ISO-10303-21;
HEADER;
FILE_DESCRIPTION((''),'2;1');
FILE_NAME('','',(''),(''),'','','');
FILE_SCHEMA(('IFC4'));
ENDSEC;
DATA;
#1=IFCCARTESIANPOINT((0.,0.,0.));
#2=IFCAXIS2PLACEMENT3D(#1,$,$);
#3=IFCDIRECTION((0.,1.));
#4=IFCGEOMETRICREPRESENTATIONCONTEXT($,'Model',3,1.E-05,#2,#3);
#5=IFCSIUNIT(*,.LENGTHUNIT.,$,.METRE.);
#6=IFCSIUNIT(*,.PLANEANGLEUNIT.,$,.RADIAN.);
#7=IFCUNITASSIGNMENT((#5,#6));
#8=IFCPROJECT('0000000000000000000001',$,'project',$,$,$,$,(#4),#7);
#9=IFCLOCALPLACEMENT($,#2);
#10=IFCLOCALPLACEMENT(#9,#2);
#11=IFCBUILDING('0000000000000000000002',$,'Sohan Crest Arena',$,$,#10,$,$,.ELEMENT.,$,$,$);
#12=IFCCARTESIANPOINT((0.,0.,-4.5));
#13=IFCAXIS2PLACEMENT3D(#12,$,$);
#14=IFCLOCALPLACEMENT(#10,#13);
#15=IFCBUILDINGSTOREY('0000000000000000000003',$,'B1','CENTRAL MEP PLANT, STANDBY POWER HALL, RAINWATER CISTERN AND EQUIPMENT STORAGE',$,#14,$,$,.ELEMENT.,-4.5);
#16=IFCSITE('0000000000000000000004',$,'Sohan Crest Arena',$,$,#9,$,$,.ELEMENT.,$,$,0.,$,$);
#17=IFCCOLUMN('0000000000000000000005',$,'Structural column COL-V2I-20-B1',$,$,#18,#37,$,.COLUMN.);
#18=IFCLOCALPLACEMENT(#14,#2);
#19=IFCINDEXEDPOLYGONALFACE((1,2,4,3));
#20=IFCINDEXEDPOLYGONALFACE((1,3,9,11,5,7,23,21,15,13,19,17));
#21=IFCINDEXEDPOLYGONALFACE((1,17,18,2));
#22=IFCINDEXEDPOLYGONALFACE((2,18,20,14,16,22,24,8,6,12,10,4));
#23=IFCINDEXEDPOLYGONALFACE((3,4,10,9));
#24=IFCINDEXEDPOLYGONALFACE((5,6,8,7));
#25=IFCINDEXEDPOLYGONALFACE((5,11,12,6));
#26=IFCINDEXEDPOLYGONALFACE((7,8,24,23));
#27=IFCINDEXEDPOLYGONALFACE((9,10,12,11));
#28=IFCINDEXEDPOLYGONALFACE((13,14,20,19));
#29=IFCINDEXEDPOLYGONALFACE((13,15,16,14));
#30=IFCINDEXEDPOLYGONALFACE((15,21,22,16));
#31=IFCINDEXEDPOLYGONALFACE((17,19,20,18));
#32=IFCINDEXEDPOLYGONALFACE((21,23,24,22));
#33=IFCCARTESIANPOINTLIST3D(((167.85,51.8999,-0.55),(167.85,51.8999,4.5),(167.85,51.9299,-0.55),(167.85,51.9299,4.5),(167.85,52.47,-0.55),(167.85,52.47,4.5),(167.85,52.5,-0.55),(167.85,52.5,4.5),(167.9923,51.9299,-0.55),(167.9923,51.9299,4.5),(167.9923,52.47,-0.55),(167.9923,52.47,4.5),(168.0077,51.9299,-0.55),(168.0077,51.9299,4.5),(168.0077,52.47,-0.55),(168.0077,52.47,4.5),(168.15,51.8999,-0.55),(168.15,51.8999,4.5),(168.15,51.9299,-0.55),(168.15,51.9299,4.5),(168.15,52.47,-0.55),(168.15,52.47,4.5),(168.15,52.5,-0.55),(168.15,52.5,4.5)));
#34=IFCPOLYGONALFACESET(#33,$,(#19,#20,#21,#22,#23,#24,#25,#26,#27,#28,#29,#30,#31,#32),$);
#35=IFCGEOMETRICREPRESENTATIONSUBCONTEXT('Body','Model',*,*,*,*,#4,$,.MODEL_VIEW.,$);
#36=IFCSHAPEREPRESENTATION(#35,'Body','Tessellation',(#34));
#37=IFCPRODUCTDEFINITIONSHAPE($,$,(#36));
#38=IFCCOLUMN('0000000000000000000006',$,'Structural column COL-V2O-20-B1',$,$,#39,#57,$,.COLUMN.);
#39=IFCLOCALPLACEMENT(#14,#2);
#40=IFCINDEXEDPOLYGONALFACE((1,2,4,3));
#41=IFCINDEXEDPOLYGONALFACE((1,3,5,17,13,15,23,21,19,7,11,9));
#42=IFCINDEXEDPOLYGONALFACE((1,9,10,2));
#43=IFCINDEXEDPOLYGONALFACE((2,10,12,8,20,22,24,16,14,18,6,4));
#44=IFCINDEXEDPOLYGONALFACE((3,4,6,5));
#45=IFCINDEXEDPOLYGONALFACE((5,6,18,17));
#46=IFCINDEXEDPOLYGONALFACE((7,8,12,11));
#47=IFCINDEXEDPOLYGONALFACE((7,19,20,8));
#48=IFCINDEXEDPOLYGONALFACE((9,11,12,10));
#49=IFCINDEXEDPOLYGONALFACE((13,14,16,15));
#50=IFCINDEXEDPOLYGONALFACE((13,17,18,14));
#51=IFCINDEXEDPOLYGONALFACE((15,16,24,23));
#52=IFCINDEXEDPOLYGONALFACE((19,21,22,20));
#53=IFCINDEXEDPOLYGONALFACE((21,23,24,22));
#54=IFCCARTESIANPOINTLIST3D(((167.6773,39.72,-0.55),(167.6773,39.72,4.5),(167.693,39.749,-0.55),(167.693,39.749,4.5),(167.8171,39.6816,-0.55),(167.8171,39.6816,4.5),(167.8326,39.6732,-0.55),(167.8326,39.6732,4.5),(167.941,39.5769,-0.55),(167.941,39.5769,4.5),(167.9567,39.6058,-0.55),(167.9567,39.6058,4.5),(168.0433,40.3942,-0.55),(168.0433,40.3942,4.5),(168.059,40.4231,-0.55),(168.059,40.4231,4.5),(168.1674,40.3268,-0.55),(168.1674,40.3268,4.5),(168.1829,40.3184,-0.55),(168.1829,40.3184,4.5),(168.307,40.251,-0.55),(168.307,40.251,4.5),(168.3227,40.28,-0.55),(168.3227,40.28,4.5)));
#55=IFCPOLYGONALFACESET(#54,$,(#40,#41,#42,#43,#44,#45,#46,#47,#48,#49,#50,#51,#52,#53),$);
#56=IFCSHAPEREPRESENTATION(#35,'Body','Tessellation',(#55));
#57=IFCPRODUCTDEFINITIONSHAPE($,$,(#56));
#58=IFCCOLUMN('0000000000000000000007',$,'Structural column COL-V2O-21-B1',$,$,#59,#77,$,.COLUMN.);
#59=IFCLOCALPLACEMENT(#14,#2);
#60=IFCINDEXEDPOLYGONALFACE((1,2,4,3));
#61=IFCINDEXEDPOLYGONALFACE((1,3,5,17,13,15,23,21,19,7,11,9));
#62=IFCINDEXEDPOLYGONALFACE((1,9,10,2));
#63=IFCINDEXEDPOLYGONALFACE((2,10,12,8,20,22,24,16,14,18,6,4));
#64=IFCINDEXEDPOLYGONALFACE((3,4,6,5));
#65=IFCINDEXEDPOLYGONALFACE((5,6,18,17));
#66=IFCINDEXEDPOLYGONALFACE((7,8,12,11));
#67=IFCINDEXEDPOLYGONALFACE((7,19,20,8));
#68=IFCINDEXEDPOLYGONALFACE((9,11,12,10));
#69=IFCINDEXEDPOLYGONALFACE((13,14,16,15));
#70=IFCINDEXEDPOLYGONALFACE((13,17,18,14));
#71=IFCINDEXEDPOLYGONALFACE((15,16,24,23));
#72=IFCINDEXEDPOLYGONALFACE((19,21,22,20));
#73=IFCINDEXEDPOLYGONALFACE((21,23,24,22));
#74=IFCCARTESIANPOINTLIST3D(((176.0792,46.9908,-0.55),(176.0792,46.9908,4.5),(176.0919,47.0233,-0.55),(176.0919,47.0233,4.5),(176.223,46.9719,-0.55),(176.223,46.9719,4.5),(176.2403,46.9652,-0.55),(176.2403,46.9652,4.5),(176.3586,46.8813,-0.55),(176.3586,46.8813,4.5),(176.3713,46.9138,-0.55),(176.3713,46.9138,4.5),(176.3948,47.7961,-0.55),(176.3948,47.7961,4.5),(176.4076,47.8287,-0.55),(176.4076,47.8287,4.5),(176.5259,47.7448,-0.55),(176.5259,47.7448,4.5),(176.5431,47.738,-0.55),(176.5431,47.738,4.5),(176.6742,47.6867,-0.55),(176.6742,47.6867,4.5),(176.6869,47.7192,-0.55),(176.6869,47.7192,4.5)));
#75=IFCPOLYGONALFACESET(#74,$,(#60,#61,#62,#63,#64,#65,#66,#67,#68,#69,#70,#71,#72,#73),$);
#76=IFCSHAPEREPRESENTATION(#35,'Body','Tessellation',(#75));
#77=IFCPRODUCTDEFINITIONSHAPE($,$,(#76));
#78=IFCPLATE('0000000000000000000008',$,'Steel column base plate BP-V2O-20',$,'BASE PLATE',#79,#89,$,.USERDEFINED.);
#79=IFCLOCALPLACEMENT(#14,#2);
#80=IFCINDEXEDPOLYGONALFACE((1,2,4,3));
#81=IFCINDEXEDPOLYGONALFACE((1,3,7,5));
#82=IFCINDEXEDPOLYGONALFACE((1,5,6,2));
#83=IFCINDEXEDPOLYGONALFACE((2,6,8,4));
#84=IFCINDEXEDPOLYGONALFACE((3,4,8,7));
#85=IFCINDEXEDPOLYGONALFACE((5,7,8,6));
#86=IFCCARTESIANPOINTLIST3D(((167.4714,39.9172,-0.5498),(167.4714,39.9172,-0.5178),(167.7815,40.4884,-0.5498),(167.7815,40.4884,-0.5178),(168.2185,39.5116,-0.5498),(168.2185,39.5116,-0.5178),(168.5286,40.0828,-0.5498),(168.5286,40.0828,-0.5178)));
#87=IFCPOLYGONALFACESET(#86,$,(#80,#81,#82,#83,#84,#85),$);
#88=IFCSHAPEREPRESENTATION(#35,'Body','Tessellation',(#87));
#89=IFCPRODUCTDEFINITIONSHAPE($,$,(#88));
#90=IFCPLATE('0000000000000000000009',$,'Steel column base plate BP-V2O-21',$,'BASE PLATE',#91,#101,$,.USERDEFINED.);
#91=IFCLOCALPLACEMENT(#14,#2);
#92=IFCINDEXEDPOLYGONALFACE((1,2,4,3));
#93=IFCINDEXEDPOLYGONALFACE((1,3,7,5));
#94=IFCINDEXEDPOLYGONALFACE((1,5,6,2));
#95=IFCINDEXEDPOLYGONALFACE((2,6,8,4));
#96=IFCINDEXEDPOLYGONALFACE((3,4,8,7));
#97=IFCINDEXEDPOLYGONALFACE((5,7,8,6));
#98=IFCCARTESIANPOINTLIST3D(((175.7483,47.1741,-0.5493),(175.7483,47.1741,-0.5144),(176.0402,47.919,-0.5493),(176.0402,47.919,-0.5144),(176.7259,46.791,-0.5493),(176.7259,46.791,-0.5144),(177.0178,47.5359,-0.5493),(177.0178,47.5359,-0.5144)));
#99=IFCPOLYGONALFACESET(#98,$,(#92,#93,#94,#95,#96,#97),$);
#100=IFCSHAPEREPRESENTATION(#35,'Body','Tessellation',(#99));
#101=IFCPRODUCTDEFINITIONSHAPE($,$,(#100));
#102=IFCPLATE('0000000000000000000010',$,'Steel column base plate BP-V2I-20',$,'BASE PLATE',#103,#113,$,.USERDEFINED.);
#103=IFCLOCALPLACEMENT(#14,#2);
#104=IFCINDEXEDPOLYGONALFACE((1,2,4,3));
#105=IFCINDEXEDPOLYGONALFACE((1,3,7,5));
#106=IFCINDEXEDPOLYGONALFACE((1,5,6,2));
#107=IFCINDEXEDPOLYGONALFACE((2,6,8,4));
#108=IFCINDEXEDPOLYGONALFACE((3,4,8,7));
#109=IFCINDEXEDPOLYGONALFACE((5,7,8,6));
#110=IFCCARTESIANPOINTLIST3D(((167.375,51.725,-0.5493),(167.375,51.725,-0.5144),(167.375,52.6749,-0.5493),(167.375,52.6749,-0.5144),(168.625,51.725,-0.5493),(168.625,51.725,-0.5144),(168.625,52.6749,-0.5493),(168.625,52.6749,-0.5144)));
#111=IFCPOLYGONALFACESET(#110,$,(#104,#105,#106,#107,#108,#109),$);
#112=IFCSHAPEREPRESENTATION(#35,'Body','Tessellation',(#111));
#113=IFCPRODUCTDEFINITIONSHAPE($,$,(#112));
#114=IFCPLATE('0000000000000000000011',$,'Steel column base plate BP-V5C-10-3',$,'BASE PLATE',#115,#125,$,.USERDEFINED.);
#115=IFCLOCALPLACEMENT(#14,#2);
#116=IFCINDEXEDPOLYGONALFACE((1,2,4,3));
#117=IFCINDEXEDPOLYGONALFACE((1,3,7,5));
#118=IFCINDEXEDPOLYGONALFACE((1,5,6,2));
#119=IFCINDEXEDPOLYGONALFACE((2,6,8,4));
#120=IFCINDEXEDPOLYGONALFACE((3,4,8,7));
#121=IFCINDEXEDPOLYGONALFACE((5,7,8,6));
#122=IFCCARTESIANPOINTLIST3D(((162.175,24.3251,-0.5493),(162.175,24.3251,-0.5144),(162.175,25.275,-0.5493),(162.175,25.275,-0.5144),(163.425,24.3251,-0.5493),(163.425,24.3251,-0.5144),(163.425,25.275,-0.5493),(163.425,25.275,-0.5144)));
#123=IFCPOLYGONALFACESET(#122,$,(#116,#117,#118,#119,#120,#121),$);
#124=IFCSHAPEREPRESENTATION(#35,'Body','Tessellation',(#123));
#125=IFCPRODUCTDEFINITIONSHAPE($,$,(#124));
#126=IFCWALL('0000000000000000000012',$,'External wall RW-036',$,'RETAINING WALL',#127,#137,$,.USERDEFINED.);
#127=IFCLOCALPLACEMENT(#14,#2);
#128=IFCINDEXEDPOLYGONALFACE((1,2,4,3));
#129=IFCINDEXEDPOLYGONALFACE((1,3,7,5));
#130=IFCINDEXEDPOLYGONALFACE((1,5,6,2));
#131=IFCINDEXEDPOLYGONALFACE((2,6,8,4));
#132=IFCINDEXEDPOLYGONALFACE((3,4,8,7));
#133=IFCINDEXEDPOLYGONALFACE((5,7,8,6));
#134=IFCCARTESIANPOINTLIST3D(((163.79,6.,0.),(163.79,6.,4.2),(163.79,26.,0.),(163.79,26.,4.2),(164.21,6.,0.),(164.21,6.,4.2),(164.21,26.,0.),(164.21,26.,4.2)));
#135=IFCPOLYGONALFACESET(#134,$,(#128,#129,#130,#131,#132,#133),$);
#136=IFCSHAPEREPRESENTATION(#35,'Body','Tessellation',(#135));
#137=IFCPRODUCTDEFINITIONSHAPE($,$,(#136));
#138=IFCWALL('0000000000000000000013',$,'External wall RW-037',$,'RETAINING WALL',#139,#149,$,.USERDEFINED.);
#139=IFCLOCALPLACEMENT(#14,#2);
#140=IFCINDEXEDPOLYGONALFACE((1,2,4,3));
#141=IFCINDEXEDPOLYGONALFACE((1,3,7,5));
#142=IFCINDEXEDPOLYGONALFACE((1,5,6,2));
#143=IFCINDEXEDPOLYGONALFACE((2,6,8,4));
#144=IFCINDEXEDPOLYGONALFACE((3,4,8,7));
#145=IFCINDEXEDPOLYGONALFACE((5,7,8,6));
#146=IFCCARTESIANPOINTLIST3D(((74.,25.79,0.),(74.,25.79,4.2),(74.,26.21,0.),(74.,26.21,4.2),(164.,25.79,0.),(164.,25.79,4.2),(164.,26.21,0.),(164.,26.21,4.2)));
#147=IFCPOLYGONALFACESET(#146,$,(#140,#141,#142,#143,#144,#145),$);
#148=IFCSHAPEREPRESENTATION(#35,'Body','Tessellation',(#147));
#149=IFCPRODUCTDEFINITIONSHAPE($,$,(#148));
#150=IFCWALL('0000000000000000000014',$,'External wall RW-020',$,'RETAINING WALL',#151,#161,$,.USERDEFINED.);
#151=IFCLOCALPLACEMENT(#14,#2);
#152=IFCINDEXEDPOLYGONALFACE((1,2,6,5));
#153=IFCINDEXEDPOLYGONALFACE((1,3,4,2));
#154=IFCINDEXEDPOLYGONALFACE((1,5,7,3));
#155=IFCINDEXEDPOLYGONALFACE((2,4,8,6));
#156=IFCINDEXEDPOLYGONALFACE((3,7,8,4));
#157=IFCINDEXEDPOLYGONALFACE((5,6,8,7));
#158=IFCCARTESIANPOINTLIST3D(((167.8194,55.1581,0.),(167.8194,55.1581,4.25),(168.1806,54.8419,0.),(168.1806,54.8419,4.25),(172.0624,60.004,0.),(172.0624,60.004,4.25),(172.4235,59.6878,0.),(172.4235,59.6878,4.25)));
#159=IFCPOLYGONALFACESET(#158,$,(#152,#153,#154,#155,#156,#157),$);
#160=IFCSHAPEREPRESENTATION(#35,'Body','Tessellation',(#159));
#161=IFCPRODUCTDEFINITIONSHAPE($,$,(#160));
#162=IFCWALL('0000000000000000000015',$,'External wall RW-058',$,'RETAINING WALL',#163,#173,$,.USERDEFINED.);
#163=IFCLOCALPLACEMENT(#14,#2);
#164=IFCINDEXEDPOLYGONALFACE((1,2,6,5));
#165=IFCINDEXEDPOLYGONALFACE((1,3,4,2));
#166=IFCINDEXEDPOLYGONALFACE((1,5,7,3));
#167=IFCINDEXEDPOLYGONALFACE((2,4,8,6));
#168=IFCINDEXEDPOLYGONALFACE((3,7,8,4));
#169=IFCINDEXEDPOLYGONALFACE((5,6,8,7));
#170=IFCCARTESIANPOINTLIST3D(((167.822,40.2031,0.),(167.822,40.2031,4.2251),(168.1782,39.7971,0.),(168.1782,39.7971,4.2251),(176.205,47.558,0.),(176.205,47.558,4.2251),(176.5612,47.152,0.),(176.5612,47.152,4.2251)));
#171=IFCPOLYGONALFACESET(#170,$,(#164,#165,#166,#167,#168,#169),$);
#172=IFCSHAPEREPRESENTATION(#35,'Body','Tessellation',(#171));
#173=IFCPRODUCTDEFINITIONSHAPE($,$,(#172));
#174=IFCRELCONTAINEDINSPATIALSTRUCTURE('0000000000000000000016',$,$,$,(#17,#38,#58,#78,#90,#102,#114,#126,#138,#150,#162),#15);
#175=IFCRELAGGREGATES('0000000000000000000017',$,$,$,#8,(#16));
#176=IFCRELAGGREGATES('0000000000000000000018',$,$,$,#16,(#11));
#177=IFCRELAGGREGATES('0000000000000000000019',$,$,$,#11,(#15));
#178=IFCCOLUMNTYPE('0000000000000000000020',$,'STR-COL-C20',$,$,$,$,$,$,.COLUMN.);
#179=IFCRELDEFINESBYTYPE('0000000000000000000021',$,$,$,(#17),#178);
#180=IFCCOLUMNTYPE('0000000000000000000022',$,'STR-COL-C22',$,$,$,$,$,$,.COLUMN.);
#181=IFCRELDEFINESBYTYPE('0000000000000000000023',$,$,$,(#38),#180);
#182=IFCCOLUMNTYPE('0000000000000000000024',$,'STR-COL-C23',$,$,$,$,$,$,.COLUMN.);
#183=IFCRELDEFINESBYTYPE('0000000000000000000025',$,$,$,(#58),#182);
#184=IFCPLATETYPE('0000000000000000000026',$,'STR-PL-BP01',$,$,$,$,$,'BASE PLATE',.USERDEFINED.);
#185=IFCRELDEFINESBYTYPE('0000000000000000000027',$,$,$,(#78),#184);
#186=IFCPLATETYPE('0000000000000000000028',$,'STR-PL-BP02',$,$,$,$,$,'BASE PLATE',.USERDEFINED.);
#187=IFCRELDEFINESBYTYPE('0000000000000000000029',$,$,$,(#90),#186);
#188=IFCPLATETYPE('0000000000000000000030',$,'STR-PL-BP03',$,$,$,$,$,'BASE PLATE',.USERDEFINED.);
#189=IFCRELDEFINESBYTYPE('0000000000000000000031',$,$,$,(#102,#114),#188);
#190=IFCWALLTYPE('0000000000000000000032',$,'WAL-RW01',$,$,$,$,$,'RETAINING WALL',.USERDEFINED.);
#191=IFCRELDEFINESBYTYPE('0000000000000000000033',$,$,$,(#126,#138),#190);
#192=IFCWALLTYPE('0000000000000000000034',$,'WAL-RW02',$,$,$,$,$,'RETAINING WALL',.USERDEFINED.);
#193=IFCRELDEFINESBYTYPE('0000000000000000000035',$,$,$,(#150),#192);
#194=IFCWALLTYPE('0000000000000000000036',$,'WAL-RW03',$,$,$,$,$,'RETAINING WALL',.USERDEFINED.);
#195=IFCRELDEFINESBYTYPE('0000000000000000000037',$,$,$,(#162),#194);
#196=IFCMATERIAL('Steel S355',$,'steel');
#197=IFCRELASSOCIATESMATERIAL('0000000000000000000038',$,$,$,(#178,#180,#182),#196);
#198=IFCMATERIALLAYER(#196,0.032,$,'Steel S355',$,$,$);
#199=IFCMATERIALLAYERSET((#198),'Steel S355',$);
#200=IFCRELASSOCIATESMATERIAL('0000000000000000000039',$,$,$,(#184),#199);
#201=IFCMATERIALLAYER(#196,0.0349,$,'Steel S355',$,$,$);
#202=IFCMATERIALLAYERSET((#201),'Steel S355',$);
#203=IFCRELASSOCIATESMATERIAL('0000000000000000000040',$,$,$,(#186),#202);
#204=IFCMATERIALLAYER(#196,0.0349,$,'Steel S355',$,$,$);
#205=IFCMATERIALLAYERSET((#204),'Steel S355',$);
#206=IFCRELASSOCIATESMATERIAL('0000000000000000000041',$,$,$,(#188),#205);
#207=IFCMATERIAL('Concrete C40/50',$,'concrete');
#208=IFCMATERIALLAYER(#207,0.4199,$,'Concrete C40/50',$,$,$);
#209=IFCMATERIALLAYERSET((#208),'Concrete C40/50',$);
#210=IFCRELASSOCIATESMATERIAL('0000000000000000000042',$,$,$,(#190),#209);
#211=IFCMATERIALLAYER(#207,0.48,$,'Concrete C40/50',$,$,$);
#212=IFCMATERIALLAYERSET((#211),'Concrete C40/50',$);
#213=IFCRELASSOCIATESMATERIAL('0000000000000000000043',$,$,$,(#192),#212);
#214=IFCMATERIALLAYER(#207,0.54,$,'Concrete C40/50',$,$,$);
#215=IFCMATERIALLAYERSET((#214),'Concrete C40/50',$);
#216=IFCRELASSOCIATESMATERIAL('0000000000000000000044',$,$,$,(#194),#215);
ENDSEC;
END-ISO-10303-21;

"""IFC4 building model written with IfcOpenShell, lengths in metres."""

from ifc_helpers import new_model, si_unit, direction, frame, frame_2d, origin, origin_2d, place, context, subcontext, project, spatial, rectangle, i_section, extrude, material, layer, layer_set, material_profile, profile_set, type_object, element, save


model = new_model("IFC4")

# Units and contexts
model_context = context("Model", 3, precision=1e-05, world=origin(), true_north=direction((0.0, 1.0)))
body_context = subcontext(model_context, "Body", "Model", "MODEL_VIEW")
ifc_project = project(units=[si_unit("LENGTHUNIT", "METRE"), si_unit("PLANEANGLEUNIT", "RADIAN")], contexts=[model_context])

# Site, building, storey
site_placement = place(None, origin())
site = spatial("IfcSite", under=ifc_project, at=site_placement, Name="Sohan Crest Arena", CompositionType="ELEMENT", RefElevation=0.0)
building_placement = place(site_placement, origin())
building = spatial("IfcBuilding", under=site, at=building_placement, Name="Sohan Crest Arena", CompositionType="ELEMENT")
storey_placement = place(building_placement, frame((0.0, 0.0, -4.5)))
storey = spatial("IfcBuildingStorey", under=building, at=storey_placement, Name="B1", Description="CENTRAL MEP PLANT, STANDBY POWER HALL, RAINWATER CISTERN AND EQUIPMENT STORAGE", CompositionType="ELEMENT", Elevation=-4.5)

# Shared definitions
ifc_material_1 = material(Name="Concrete C40/50", Category="concrete")

# Columns
ifc_material_2 = material(Name="Steel S355", Category="steel")
ifc_material_profile_1 = material_profile(ifc_material_2, i_section(OverallWidth=0.3, OverallDepth=0.6001, WebThickness=0.0154, FlangeThickness=0.03, at=origin_2d()), Name="HEB 600")
ifc_profile_set_1 = profile_set([ifc_material_profile_1], Name="Steel S355")
column_type_1 = type_object("IfcColumnType", Name="STR-COL-C20", PredefinedType="COLUMN", material=ifc_profile_set_1)
column_1_placement = place(storey_placement, frame((168.0, 52.2, -0.55), z_axis=(0.0, 0.0, 1.0), x_axis=(1.0, 0.0, 0.0)))
element("IfcColumn", 1, at=column_1_placement, inside=storey, type_object=column_type_1, Name="Structural column COL-V2I-20-B1", PredefinedType="COLUMN", context=body_context, shape_type="SweptSolid", body=[
    extrude(i_section(OverallWidth=0.3, OverallDepth=0.6001, WebThickness=0.0154, FlangeThickness=0.03, at=origin_2d()), origin(), (0.0, 0.0, 1.0), 5.05),
])
ifc_material_profile_2 = material_profile(ifc_material_2, i_section(OverallWidth=0.3, OverallDepth=0.8, WebThickness=0.0176, FlangeThickness=0.033, at=origin_2d()), Name="HEB 800")
ifc_profile_set_2 = profile_set([ifc_material_profile_2], Name="Steel S355")
column_type_2 = type_object("IfcColumnType", Name="STR-COL-C22", PredefinedType="COLUMN", material=ifc_profile_set_2)
column_2_placement = place(storey_placement, frame((168.0, 40.0, -0.55), z_axis=(0.0, 0.0, 1.0), x_axis=(-0.878817, 0.477159, 0.0)))
element("IfcColumn", 2, at=column_2_placement, inside=storey, type_object=column_type_2, Name="Structural column COL-V2O-20-B1", PredefinedType="COLUMN", context=body_context, shape_type="SweptSolid", body=[
    extrude(i_section(OverallWidth=0.3, OverallDepth=0.8, WebThickness=0.0176, FlangeThickness=0.033, at=origin_2d()), origin(), (0.0, 0.0, 1.0), 5.05),
])
ifc_material_profile_3 = material_profile(ifc_material_2, i_section(OverallWidth=0.3, OverallDepth=0.8999, WebThickness=0.0186, FlangeThickness=0.0349, at=origin_2d()), Name="HEB 900")
ifc_profile_set_3 = profile_set([ifc_material_profile_3], Name="Steel S355")
column_type_3 = type_object("IfcColumnType", Name="STR-COL-C23", PredefinedType="COLUMN", material=ifc_profile_set_3)
column_3_placement = place(storey_placement, frame((176.3831, 47.355, -0.55), z_axis=(0.0, 0.0, 1.0), x_axis=(-0.931056, 0.364877, 0.0)))
element("IfcColumn", 3, at=column_3_placement, inside=storey, type_object=column_type_3, Name="Structural column COL-V2O-21-B1", PredefinedType="COLUMN", context=body_context, shape_type="SweptSolid", body=[
    extrude(i_section(OverallWidth=0.3, OverallDepth=0.8999, WebThickness=0.0186, FlangeThickness=0.0349, at=origin_2d()), origin(), (0.0, 0.0, 1.0), 5.05),
])

# Plates
ifc_layer_1 = layer(ifc_material_2, 0.032, Name="Steel S355")
ifc_layer_set_1 = layer_set([ifc_layer_1], Name="Steel S355")
plate_type_1 = type_object("IfcPlateType", Name="STR-PL-BP01", ElementType="BASE PLATE", PredefinedType="USERDEFINED", material=ifc_layer_set_1)
plate_1_placement = place(storey_placement, frame((168.0, 40.0, -0.5498), z_axis=(0.0, 0.0, 1.0), x_axis=(-0.878817, 0.477159, 0.0)))
element("IfcPlate", 4, at=plate_1_placement, inside=storey, type_object=plate_type_1, Name="Steel column base plate BP-V2O-20", ObjectType="BASE PLATE", PredefinedType="USERDEFINED", context=body_context, shape_type="SweptSolid", body=[
    extrude(rectangle(XDim=0.8501, YDim=0.6499, at=origin_2d()), origin(), (0.0, 0.0, 1.0), 0.032),
])
ifc_layer_2 = layer(ifc_material_2, 0.0349, Name="Steel S355")
ifc_layer_set_2 = layer_set([ifc_layer_2], Name="Steel S355")
plate_type_2 = type_object("IfcPlateType", Name="STR-PL-BP02", ElementType="BASE PLATE", PredefinedType="USERDEFINED", material=ifc_layer_set_2)
plate_2_placement = place(storey_placement, frame((176.3831, 47.355, -0.5493), z_axis=(0.0, 0.0, 1.0), x_axis=(-0.931056, 0.364877, 0.0)))
element("IfcPlate", 5, at=plate_2_placement, inside=storey, type_object=plate_type_2, Name="Steel column base plate BP-V2O-21", ObjectType="BASE PLATE", PredefinedType="USERDEFINED", context=body_context, shape_type="SweptSolid", body=[
    extrude(rectangle(XDim=1.05, YDim=0.8, at=origin_2d()), origin(), (0.0, 0.0, 1.0), 0.0349),
])
ifc_layer_3 = layer(ifc_material_2, 0.0349, Name="Steel S355")
ifc_layer_set_3 = layer_set([ifc_layer_3], Name="Steel S355")
plate_type_3 = type_object("IfcPlateType", Name="STR-PL-BP03", ElementType="BASE PLATE", PredefinedType="USERDEFINED", material=ifc_layer_set_3)
for number, where, z_axis, x_axis, name in (
    (6, (168.0, 52.2, -0.5493), (0.0, 0.0, 1.0), (1.0, 0.0, 0.0), "Steel column base plate BP-V2I-20"),
    (7, (162.8, 24.8, -0.5493), (0.0, 0.0, 1.0), (1.0, 0.0, 0.0), "Steel column base plate BP-V5C-10-3"),
):
    element("IfcPlate", number, at=place(storey_placement, frame(where, z_axis=z_axis, x_axis=x_axis)), inside=storey, type_object=plate_type_3, Name=name, ObjectType="BASE PLATE", PredefinedType="USERDEFINED", context=body_context, shape_type="SweptSolid", body=[
        extrude(rectangle(XDim=1.25, YDim=0.95, at=origin_2d()), origin(), (0.0, 0.0, 1.0), 0.0349),
    ])

# Walls
ifc_layer_4 = layer(ifc_material_1, 0.4199, Name="Concrete C40/50")
ifc_layer_set_4 = layer_set([ifc_layer_4], Name="Concrete C40/50")
wall_type_1 = type_object("IfcWallType", Name="WAL-RW01", ElementType="RETAINING WALL", PredefinedType="USERDEFINED", material=ifc_layer_set_4)
wall_1_placement = place(storey_placement, frame((164.0, 6.0, 0.0), z_axis=(0.0, 0.0, 1.0), x_axis=(0.0, 1.0, 0.0)))
element("IfcWall", 8, at=wall_1_placement, inside=storey, type_object=wall_type_1, Name="External wall RW-036", ObjectType="RETAINING WALL", PredefinedType="USERDEFINED", context=body_context, shape_type="SweptSolid", body=[
    extrude(rectangle(XDim=20.0, YDim=0.4199, at=frame_2d((10.0, 0.0))), origin(), (0.0, 0.0, 1.0), 4.2),
])
wall_2_placement = place(storey_placement, frame((164.0, 26.0, 0.0), z_axis=(0.0, 0.0, 1.0), x_axis=(-1.0, 0.0, 0.0)))
element("IfcWall", 9, at=wall_2_placement, inside=storey, type_object=wall_type_1, Name="External wall RW-037", ObjectType="RETAINING WALL", PredefinedType="USERDEFINED", context=body_context, shape_type="SweptSolid", body=[
    extrude(rectangle(XDim=90.0, YDim=0.4199, at=frame_2d((45.0, 0.0))), origin(), (0.0, 0.0, 1.0), 4.2),
])
ifc_layer_5 = layer(ifc_material_1, 0.48, Name="Concrete C40/50")
ifc_layer_set_5 = layer_set([ifc_layer_5], Name="Concrete C40/50")
wall_type_2 = type_object("IfcWallType", Name="WAL-RW02", ElementType="RETAINING WALL", PredefinedType="USERDEFINED", material=ifc_layer_set_5)
wall_3_placement = place(storey_placement, frame((168.0, 55.0, 0.0), z_axis=(0.0, 0.0, 1.0), x_axis=(0.658743, 0.752368, 0.0)))
element("IfcWall", 10, at=wall_3_placement, inside=storey, type_object=wall_type_2, Name="External wall RW-020", ObjectType="RETAINING WALL", PredefinedType="USERDEFINED", context=body_context, shape_type="SweptSolid", body=[
    extrude(rectangle(XDim=6.4409, YDim=0.48, at=frame_2d((3.2205, 0.0))), origin(), (0.0, 0.0, 1.0), 4.25),
])
ifc_layer_6 = layer(ifc_material_1, 0.54, Name="Concrete C40/50")
ifc_layer_set_6 = layer_set([ifc_layer_6], Name="Concrete C40/50")
wall_type_3 = type_object("IfcWallType", Name="WAL-RW03", ElementType="RETAINING WALL", PredefinedType="USERDEFINED", material=ifc_layer_set_6)
wall_4_placement = place(storey_placement, frame((168.0, 40.0, 0.0), z_axis=(0.0, 0.0, 1.0), x_axis=(0.751696, 0.65951, 0.0)))
element("IfcWall", 11, at=wall_4_placement, inside=storey, type_object=wall_type_3, Name="External wall RW-058", ObjectType="RETAINING WALL", PredefinedType="USERDEFINED", context=body_context, shape_type="SweptSolid", body=[
    extrude(rectangle(XDim=11.1521, YDim=0.54, at=frame_2d((5.5762, 0.0))), origin(), (0.0, 0.0, 1.0), 4.2251),
])

save(model, "model.ifc")
